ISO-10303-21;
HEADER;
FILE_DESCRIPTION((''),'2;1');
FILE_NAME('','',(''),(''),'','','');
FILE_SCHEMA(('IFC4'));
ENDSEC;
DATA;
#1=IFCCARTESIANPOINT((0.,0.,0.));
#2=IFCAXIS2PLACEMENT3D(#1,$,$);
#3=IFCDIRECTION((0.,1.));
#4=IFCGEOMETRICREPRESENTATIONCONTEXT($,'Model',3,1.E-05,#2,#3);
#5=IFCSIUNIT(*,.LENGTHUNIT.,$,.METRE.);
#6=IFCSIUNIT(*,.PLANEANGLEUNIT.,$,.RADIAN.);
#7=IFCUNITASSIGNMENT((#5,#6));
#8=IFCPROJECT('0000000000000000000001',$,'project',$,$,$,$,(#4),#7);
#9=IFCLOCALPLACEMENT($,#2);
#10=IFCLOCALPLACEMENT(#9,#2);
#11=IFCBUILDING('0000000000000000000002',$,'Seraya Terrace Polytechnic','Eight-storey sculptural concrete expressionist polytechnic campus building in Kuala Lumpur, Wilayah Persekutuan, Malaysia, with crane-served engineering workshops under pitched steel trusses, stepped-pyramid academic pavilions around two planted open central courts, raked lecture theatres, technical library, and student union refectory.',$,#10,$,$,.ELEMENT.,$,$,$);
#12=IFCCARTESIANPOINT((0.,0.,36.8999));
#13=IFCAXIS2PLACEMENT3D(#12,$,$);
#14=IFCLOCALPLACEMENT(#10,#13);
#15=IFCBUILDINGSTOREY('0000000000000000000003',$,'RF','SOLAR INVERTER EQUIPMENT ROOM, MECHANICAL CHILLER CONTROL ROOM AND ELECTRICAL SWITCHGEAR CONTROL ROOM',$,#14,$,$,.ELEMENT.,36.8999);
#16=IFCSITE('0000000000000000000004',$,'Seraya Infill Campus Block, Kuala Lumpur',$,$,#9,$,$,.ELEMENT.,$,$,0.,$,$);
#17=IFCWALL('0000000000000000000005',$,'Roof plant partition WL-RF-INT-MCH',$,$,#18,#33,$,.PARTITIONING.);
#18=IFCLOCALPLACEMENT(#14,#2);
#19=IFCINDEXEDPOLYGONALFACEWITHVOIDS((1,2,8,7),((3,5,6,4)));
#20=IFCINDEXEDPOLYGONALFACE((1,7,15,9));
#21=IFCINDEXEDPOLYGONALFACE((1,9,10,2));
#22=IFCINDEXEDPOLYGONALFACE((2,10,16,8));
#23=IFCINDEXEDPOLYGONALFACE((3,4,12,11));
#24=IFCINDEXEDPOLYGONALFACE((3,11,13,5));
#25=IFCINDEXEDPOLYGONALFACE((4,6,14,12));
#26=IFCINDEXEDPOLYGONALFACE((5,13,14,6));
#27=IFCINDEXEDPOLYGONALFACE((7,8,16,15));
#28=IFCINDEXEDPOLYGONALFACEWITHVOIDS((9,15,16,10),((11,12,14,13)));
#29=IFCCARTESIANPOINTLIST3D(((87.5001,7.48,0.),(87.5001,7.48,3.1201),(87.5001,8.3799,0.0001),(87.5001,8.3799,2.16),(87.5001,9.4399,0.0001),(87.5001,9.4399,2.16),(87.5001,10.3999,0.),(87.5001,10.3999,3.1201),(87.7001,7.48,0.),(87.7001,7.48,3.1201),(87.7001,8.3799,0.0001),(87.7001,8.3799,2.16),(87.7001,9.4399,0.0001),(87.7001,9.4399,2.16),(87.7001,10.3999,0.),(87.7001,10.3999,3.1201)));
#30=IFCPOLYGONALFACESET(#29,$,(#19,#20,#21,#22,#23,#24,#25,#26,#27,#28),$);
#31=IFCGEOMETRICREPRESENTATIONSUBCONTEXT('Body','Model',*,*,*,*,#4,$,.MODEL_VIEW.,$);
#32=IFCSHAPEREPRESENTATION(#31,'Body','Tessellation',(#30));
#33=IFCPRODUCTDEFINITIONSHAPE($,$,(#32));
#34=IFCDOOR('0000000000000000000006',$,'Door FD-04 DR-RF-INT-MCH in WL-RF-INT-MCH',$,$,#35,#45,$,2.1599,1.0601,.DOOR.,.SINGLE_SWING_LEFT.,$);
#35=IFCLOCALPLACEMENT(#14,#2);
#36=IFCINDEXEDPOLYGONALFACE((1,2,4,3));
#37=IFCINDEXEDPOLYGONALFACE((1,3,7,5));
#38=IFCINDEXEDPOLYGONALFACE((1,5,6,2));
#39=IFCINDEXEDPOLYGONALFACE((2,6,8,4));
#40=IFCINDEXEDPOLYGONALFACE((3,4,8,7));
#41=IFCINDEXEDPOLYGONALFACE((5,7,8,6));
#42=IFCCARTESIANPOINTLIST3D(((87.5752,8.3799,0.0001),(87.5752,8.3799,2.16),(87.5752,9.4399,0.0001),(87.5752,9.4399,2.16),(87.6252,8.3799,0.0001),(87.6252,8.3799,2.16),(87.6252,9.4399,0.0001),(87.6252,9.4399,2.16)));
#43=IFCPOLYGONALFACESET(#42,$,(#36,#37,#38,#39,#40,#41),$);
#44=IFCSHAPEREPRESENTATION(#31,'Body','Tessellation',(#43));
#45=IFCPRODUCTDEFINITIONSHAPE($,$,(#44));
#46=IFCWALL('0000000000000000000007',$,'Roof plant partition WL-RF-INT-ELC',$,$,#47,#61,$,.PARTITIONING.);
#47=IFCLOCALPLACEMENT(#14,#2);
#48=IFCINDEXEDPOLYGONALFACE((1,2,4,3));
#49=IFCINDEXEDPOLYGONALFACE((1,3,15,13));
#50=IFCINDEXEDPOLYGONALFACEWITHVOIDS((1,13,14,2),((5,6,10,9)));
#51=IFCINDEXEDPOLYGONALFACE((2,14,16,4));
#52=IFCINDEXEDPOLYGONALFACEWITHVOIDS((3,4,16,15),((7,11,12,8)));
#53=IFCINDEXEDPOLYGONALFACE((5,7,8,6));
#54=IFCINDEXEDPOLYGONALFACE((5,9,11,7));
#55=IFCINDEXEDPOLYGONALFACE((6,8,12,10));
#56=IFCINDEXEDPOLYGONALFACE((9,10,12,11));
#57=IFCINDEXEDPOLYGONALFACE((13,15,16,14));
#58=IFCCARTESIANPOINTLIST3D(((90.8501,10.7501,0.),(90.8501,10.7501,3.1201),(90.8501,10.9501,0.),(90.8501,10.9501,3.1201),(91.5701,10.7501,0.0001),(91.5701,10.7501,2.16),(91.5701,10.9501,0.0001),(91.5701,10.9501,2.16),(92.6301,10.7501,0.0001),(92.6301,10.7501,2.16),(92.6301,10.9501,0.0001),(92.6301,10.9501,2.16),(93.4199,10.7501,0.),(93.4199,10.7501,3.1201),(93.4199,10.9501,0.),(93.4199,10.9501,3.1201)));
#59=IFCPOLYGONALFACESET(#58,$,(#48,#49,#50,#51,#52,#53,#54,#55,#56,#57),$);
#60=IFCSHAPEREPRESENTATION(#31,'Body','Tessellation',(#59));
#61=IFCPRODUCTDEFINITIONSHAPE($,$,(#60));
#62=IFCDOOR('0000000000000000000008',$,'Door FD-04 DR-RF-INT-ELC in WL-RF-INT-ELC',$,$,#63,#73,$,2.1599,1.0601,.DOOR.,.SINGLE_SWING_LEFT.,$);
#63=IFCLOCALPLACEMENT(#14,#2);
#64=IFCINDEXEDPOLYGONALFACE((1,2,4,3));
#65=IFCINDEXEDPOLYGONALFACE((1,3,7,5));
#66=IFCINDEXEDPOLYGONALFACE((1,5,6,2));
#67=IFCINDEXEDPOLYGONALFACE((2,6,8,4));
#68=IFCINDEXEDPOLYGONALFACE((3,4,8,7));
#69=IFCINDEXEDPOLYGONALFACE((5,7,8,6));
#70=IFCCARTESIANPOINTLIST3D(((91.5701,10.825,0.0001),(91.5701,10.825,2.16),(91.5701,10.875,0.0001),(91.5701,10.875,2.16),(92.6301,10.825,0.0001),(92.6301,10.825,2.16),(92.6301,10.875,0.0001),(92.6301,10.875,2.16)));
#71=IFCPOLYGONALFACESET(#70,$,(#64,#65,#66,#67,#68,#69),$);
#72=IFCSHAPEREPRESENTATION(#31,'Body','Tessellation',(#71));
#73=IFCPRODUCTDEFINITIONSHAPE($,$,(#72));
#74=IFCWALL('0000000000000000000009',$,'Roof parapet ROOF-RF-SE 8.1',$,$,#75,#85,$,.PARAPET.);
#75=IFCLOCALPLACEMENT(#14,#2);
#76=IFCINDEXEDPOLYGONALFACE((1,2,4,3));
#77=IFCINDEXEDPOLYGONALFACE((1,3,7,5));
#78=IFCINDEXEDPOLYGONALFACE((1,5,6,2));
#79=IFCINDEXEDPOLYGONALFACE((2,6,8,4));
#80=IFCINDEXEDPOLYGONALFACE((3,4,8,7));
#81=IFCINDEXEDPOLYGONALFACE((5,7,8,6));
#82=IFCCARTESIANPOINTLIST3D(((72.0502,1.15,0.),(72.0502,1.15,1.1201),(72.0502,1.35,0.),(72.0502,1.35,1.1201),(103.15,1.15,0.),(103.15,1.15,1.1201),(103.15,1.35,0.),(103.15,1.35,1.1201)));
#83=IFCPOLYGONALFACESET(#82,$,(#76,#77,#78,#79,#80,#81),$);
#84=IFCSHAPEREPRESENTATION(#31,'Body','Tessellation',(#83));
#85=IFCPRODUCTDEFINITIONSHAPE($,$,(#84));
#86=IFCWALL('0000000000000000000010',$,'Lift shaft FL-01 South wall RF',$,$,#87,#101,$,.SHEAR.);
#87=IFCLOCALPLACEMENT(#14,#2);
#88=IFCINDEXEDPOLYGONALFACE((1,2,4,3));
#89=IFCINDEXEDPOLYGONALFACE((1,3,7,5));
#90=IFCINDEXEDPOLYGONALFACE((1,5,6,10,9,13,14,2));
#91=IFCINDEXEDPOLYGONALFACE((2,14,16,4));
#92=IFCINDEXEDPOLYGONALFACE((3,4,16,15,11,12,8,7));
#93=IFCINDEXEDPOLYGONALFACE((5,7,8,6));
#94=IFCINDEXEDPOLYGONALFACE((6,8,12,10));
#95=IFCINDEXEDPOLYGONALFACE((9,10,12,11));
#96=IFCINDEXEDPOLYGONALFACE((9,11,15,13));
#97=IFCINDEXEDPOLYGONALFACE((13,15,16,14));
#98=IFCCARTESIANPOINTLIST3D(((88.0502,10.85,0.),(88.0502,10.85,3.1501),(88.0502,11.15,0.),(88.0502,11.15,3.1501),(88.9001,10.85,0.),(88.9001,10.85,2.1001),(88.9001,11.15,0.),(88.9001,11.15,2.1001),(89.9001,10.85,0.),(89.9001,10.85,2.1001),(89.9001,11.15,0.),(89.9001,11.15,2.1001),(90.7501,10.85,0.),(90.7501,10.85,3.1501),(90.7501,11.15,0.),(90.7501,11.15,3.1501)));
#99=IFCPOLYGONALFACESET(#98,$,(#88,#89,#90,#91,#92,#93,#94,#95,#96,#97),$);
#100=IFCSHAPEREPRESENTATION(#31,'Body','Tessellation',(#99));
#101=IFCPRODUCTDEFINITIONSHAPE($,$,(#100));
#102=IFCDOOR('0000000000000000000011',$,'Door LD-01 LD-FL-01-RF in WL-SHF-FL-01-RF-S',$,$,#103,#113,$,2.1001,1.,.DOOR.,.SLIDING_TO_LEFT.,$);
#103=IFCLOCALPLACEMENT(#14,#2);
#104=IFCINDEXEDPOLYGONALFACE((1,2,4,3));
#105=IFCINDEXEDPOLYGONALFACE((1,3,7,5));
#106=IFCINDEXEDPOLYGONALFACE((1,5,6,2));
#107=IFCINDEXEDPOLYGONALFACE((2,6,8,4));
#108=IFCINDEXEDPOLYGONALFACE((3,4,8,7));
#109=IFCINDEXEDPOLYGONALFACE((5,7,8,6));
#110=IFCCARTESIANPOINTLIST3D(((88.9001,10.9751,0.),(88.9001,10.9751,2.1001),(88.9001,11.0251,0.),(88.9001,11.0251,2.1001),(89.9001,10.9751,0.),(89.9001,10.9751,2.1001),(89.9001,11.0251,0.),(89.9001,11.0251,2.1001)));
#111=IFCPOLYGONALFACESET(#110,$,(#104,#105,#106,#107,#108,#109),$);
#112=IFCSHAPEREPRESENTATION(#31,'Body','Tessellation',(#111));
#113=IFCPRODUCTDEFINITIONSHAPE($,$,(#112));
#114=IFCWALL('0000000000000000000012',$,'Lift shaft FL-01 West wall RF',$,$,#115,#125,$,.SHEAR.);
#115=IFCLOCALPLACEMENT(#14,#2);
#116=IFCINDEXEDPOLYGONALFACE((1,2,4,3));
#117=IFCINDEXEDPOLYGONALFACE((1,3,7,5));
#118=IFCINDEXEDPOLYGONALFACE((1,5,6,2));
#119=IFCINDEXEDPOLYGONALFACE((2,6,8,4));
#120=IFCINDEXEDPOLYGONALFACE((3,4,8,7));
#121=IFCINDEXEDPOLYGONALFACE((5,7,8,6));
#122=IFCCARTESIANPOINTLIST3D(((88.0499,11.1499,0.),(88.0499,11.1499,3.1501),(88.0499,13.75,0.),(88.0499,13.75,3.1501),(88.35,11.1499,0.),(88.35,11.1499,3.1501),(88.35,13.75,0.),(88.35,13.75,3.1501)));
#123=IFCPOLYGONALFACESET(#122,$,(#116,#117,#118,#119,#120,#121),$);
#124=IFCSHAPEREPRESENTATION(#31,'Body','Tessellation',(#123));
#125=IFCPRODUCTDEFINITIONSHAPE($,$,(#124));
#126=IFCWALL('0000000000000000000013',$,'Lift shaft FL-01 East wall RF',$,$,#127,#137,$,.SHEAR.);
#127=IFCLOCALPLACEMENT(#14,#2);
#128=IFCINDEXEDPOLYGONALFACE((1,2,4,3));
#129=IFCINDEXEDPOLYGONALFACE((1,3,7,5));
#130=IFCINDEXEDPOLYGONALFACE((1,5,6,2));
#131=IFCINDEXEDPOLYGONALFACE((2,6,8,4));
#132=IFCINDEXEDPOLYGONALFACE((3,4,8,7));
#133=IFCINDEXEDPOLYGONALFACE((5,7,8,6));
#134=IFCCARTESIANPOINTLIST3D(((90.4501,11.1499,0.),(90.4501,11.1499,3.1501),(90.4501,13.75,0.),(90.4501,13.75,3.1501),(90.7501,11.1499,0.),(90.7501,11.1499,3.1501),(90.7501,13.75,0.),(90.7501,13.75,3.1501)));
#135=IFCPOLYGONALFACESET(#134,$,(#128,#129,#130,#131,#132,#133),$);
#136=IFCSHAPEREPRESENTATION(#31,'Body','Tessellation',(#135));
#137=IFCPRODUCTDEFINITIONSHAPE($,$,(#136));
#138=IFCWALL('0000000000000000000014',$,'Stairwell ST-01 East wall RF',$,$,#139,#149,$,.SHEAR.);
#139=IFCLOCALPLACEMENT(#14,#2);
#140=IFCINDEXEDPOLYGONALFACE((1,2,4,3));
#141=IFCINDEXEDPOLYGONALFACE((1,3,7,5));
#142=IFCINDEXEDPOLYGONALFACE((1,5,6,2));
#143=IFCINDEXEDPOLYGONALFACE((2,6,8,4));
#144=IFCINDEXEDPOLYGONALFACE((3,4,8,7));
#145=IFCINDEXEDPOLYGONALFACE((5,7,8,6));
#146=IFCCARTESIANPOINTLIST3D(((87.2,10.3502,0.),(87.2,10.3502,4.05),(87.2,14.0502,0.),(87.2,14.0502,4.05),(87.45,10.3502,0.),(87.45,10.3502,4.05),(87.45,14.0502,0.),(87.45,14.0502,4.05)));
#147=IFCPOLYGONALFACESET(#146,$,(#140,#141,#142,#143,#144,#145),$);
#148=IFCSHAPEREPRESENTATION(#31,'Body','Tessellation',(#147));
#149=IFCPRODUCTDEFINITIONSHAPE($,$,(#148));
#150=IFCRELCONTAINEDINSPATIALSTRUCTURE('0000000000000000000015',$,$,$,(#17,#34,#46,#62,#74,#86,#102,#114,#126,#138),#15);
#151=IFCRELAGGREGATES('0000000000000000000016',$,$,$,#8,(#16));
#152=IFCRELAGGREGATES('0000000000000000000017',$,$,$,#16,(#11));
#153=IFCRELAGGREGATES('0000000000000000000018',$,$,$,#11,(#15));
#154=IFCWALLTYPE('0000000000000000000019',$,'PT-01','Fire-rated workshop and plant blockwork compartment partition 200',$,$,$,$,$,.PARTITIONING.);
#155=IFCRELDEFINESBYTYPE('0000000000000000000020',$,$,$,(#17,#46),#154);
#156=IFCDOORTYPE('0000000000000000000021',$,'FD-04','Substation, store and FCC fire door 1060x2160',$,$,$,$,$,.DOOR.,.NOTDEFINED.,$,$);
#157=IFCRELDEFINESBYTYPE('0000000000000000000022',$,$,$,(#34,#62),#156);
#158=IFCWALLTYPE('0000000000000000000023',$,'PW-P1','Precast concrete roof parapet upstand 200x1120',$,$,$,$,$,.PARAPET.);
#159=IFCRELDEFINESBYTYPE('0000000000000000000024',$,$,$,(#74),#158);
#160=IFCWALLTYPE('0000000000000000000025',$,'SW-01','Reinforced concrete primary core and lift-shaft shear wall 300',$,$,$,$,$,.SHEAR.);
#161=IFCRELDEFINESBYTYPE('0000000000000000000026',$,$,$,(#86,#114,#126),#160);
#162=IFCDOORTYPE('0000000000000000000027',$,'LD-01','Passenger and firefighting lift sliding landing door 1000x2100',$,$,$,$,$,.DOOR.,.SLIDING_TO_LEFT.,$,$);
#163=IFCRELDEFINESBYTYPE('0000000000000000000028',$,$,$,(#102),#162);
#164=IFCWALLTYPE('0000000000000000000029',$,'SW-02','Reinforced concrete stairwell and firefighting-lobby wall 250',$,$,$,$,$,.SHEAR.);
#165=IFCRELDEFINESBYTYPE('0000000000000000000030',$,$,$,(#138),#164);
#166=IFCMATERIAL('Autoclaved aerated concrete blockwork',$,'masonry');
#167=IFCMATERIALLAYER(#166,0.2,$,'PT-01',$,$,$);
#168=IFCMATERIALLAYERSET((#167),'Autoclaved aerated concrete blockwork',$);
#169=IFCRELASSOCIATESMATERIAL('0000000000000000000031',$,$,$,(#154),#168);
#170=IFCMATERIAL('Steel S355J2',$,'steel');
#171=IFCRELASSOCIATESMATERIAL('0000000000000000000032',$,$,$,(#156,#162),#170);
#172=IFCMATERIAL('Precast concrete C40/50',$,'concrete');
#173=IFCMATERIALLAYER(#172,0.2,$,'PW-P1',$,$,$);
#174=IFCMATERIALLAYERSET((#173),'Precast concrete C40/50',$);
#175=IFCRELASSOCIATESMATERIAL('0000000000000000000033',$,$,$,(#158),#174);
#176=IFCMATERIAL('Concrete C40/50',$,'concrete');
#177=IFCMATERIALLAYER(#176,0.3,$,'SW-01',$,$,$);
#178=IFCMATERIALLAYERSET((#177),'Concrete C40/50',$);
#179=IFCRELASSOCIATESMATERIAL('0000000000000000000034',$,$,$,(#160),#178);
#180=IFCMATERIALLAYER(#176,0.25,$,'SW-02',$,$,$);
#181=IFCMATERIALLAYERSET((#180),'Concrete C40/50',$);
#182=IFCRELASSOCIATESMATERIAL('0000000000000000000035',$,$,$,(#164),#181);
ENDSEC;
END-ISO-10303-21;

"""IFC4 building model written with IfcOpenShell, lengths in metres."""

from ifc_helpers import new_model, si_unit, direction, frame, frame_2d, origin, place, context, subcontext, project, spatial, rectangle, extrude, material, layer, layer_set, type_object, element, fill, save


model = new_model("IFC4")

# Units and contexts
model_context = context("Model", 3, precision=1e-05, world=origin(), true_north=direction((0.0, 1.0)))
body_context = subcontext(model_context, "Body", "Model", "MODEL_VIEW")
ifc_project = project(units=[si_unit("LENGTHUNIT", "METRE"), si_unit("PLANEANGLEUNIT", "RADIAN")], contexts=[model_context])

# Site, building, storey
site_placement = place(None, origin())
site = spatial("IfcSite", under=ifc_project, at=site_placement, Name="Seraya Infill Campus Block, Kuala Lumpur", CompositionType="ELEMENT", RefElevation=0.0)
building_placement = place(site_placement, origin())
building = spatial("IfcBuilding", under=site, at=building_placement, Name="Seraya Terrace Polytechnic", Description="Eight-storey sculptural concrete expressionist polytechnic campus building in Kuala Lumpur, Wilayah Persekutuan, Malaysia, with crane-served engineering workshops under pitched steel trusses, stepped-pyramid academic pavilions around two planted open central courts, raked lecture theatres, technical library, and student union refectory.", CompositionType="ELEMENT")
storey_placement = place(building_placement, frame((0.0, 0.0, 36.8999)))
storey = spatial("IfcBuildingStorey", under=building, at=storey_placement, Name="RF", Description="SOLAR INVERTER EQUIPMENT ROOM, MECHANICAL CHILLER CONTROL ROOM AND ELECTRICAL SWITCHGEAR CONTROL ROOM", CompositionType="ELEMENT", Elevation=36.8999)

# Shared definitions
ifc_material_1 = material(Name="Concrete C40/50", Category="concrete")

# Shared definitions
ifc_material_2 = material(Name="Precast concrete C40/50", Category="concrete")

# Walls, openings, doors
ifc_material_3 = material(Name="Autoclaved aerated concrete blockwork", Category="masonry")
ifc_layer_1 = layer(ifc_material_3, 0.2, Name="PT-01")
ifc_layer_set_1 = layer_set([ifc_layer_1], Name="Autoclaved aerated concrete blockwork")
wall_type_1 = type_object("IfcWallType", Name="PT-01", Description="Fire-rated workshop and plant blockwork compartment partition 200", PredefinedType="PARTITIONING", material=ifc_layer_set_1)
wall_1_placement = place(storey_placement, frame((87.6001, 7.48, 0.0), z_axis=(0.0, 0.0, 1.0), x_axis=(0.0, 1.0, 0.0)))
wall_1 = element("IfcWall", 1, at=wall_1_placement, inside=storey, type_object=wall_type_1, Name="Roof plant partition WL-RF-INT-MCH", PredefinedType="PARTITIONING", context=body_context, shape_type="SweptSolid", body=[
    extrude(rectangle(XDim=2.9199, YDim=0.2, at=frame_2d((1.46, 0.0))), origin(), (0.0, 0.0, 1.0), 3.1201),
])
opening_1_placement = place(wall_1_placement, frame((0.8999, 0.0, 0.0)))
opening_1 = element("IfcOpeningElement", 2, at=opening_1_placement, cuts=wall_1, PredefinedType="OPENING", context=body_context, shape_type="SweptSolid", body=[
    extrude(rectangle(XDim=1.0601, YDim=2.1599, at=frame_2d((0.53, 1.0801))), frame((0.0, 0.1118, 0.0), z_axis=(0.0, -1.0, 0.0), x_axis=(1.0, 0.0, 0.0)), (0.0, 0.0, 1.0), 0.2239),
])
ifc_material_4 = material(Name="Steel S355J2", Category="steel")
door_type_1 = type_object("IfcDoorType", Name="FD-04", Description="Substation, store and FCC fire door 1060x2160", OperationType="NOTDEFINED", PredefinedType="DOOR", material=ifc_material_4)
door_1_placement = place(opening_1_placement, origin())
door_1 = element("IfcDoor", 3, at=door_1_placement, inside=storey, type_object=door_type_1, Name="Door FD-04 DR-RF-INT-MCH in WL-RF-INT-MCH", OperationType="SINGLE_SWING_LEFT", OverallHeight=2.1599, OverallWidth=1.0601, PredefinedType="DOOR", context=body_context, shape_type="SweptSolid", body=[
    extrude(rectangle(XDim=1.0601, YDim=2.1599, at=frame_2d((0.53, 1.0801))), frame((0.0, 0.0249, 0.0), z_axis=(0.0, -1.0, 0.0), x_axis=(1.0, 0.0, 0.0)), (0.0, 0.0, 1.0), 0.05),
])
fill(opening_1, door_1)
wall_2_placement = place(storey_placement, frame((90.8501, 10.8501, 0.0), z_axis=(0.0, 0.0, 1.0), x_axis=(1.0, 0.0, 0.0)))
wall_2 = element("IfcWall", 4, at=wall_2_placement, inside=storey, type_object=wall_type_1, Name="Roof plant partition WL-RF-INT-ELC", PredefinedType="PARTITIONING", context=body_context, shape_type="SweptSolid", body=[
    extrude(rectangle(XDim=2.5698, YDim=0.2, at=frame_2d((1.2849, 0.0))), origin(), (0.0, 0.0, 1.0), 3.1201),
])
opening_2_placement = place(wall_2_placement, frame((0.72, 0.0, 0.0)))
opening_2 = element("IfcOpeningElement", 5, at=opening_2_placement, cuts=wall_2, PredefinedType="OPENING", context=body_context, shape_type="SweptSolid", body=[
    extrude(rectangle(XDim=1.0601, YDim=2.1599, at=frame_2d((0.53, 1.0801))), frame((0.0, 0.1118, 0.0), z_axis=(0.0, -1.0, 0.0), x_axis=(1.0, 0.0, 0.0)), (0.0, 0.0, 1.0), 0.2239),
])
door_2_placement = place(opening_2_placement, origin())
door_2 = element("IfcDoor", 6, at=door_2_placement, inside=storey, type_object=door_type_1, Name="Door FD-04 DR-RF-INT-ELC in WL-RF-INT-ELC", OperationType="SINGLE_SWING_LEFT", OverallHeight=2.1599, OverallWidth=1.0601, PredefinedType="DOOR", context=body_context, shape_type="SweptSolid", body=[
    extrude(rectangle(XDim=1.0601, YDim=2.1599, at=frame_2d((0.53, 1.0801))), frame((0.0, 0.0249, 0.0), z_axis=(0.0, -1.0, 0.0), x_axis=(1.0, 0.0, 0.0)), (0.0, 0.0, 1.0), 0.05),
])
fill(opening_2, door_2)

# Wall
ifc_layer_2 = layer(ifc_material_2, 0.2, Name="PW-P1")
ifc_layer_set_2 = layer_set([ifc_layer_2], Name="Precast concrete C40/50")
wall_type_2 = type_object("IfcWallType", Name="PW-P1", Description="Precast concrete roof parapet upstand 200x1120", PredefinedType="PARAPET", material=ifc_layer_set_2)
wall_3_placement = place(storey_placement, frame((103.1499, 1.25, 0.0), z_axis=(0.0, 0.0, 1.0), x_axis=(-1.0, 0.0, 0.0)))
element("IfcWall", 7, at=wall_3_placement, inside=storey, type_object=wall_type_2, Name="Roof parapet ROOF-RF-SE 8.1", PredefinedType="PARAPET", context=body_context, shape_type="SweptSolid", body=[
    extrude(rectangle(XDim=31.0999, YDim=0.2, at=frame_2d((15.5498, 0.0))), origin(), (0.0, 0.0, 1.0), 1.1201),
])

# Wall, opening, door
ifc_layer_3 = layer(ifc_material_1, 0.3, Name="SW-01")
ifc_layer_set_3 = layer_set([ifc_layer_3], Name="Concrete C40/50")
wall_type_3 = type_object("IfcWallType", Name="SW-01", Description="Reinforced concrete primary core and lift-shaft shear wall 300", PredefinedType="SHEAR", material=ifc_layer_set_3)
wall_4_placement = place(storey_placement, frame((88.05, 11.0, 0.0), z_axis=(0.0, 0.0, 1.0), x_axis=(1.0, 0.0, 0.0)))
wall_4 = element("IfcWall", 8, at=wall_4_placement, inside=storey, type_object=wall_type_3, Name="Lift shaft FL-01 South wall RF", PredefinedType="SHEAR", context=body_context, shape_type="SweptSolid", body=[
    extrude(rectangle(XDim=2.7, YDim=0.3, at=frame_2d((1.3501, 0.0))), origin(), (0.0, 0.0, 1.0), 3.1501),
])
opening_3_placement = place(wall_4_placement, frame((0.8501, 0.0, 0.0)))
opening_3 = element("IfcOpeningElement", 9, at=opening_3_placement, cuts=wall_4, PredefinedType="OPENING", context=body_context, shape_type="SweptSolid", body=[
    extrude(rectangle(XDim=1.0, YDim=2.1001, at=frame_2d((0.5, 1.05))), frame((0.0, 0.1621, 0.0), z_axis=(0.0, -1.0, 0.0), x_axis=(1.0, 0.0, 0.0)), (0.0, 0.0, 1.0), 0.324),
])
door_type_2 = type_object("IfcDoorType", Name="LD-01", Description="Passenger and firefighting lift sliding landing door 1000x2100", OperationType="SLIDING_TO_LEFT", PredefinedType="DOOR", material=ifc_material_4)
door_3_placement = place(opening_3_placement, frame((1.0, 0.0, 0.0), z_axis=(0.0, 0.0, 1.0), x_axis=(-1.0, 0.0, 0.0)))
door_3 = element("IfcDoor", 10, at=door_3_placement, inside=storey, type_object=door_type_2, Name="Door LD-01 LD-FL-01-RF in WL-SHF-FL-01-RF-S", OperationType="SLIDING_TO_LEFT", OverallHeight=2.1001, OverallWidth=1.0, PredefinedType="DOOR", context=body_context, shape_type="SweptSolid", body=[
    extrude(rectangle(XDim=1.0, YDim=2.1001, at=frame_2d((0.5, 1.05))), frame((0.0, 0.0249, 0.0), z_axis=(0.0, -1.0, 0.0), x_axis=(1.0, 0.0, 0.0)), (0.0, 0.0, 1.0), 0.05),
])
fill(opening_3, door_3)

# Walls
for number, where, z_axis, x_axis, name in (
    (11, (88.2, 11.1499, 0.0), (0.0, 0.0, 1.0), (0.0, 1.0, 0.0), "Lift shaft FL-01 West wall RF"),
    (12, (90.6001, 11.1499, 0.0), (0.0, 0.0, 1.0), (0.0, 1.0, 0.0), "Lift shaft FL-01 East wall RF"),
):
    element("IfcWall", number, at=place(storey_placement, frame(where, z_axis=z_axis, x_axis=x_axis)), inside=storey, type_object=wall_type_3, Name=name, PredefinedType="SHEAR", context=body_context, shape_type="SweptSolid", body=[
        extrude(rectangle(XDim=2.6001, YDim=0.3, at=frame_2d((1.3, 0.0))), origin(), (0.0, 0.0, 1.0), 3.1501),
    ])
ifc_layer_4 = layer(ifc_material_1, 0.25, Name="SW-02")
ifc_layer_set_4 = layer_set([ifc_layer_4], Name="Concrete C40/50")
wall_type_4 = type_object("IfcWallType", Name="SW-02", Description="Reinforced concrete stairwell and firefighting-lobby wall 250", PredefinedType="SHEAR", material=ifc_layer_set_4)
wall_5_placement = place(storey_placement, frame((87.325, 10.3501, 0.0), z_axis=(0.0, 0.0, 1.0), x_axis=(0.0, 1.0, 0.0)))
element("IfcWall", 13, at=wall_5_placement, inside=storey, type_object=wall_type_4, Name="Stairwell ST-01 East wall RF", PredefinedType="SHEAR", context=body_context, shape_type="SweptSolid", body=[
    extrude(rectangle(XDim=3.7, YDim=0.25, at=frame_2d((1.8501, 0.0))), origin(), (0.0, 0.0, 1.0), 4.05),
])

save(model, "model.ifc")
